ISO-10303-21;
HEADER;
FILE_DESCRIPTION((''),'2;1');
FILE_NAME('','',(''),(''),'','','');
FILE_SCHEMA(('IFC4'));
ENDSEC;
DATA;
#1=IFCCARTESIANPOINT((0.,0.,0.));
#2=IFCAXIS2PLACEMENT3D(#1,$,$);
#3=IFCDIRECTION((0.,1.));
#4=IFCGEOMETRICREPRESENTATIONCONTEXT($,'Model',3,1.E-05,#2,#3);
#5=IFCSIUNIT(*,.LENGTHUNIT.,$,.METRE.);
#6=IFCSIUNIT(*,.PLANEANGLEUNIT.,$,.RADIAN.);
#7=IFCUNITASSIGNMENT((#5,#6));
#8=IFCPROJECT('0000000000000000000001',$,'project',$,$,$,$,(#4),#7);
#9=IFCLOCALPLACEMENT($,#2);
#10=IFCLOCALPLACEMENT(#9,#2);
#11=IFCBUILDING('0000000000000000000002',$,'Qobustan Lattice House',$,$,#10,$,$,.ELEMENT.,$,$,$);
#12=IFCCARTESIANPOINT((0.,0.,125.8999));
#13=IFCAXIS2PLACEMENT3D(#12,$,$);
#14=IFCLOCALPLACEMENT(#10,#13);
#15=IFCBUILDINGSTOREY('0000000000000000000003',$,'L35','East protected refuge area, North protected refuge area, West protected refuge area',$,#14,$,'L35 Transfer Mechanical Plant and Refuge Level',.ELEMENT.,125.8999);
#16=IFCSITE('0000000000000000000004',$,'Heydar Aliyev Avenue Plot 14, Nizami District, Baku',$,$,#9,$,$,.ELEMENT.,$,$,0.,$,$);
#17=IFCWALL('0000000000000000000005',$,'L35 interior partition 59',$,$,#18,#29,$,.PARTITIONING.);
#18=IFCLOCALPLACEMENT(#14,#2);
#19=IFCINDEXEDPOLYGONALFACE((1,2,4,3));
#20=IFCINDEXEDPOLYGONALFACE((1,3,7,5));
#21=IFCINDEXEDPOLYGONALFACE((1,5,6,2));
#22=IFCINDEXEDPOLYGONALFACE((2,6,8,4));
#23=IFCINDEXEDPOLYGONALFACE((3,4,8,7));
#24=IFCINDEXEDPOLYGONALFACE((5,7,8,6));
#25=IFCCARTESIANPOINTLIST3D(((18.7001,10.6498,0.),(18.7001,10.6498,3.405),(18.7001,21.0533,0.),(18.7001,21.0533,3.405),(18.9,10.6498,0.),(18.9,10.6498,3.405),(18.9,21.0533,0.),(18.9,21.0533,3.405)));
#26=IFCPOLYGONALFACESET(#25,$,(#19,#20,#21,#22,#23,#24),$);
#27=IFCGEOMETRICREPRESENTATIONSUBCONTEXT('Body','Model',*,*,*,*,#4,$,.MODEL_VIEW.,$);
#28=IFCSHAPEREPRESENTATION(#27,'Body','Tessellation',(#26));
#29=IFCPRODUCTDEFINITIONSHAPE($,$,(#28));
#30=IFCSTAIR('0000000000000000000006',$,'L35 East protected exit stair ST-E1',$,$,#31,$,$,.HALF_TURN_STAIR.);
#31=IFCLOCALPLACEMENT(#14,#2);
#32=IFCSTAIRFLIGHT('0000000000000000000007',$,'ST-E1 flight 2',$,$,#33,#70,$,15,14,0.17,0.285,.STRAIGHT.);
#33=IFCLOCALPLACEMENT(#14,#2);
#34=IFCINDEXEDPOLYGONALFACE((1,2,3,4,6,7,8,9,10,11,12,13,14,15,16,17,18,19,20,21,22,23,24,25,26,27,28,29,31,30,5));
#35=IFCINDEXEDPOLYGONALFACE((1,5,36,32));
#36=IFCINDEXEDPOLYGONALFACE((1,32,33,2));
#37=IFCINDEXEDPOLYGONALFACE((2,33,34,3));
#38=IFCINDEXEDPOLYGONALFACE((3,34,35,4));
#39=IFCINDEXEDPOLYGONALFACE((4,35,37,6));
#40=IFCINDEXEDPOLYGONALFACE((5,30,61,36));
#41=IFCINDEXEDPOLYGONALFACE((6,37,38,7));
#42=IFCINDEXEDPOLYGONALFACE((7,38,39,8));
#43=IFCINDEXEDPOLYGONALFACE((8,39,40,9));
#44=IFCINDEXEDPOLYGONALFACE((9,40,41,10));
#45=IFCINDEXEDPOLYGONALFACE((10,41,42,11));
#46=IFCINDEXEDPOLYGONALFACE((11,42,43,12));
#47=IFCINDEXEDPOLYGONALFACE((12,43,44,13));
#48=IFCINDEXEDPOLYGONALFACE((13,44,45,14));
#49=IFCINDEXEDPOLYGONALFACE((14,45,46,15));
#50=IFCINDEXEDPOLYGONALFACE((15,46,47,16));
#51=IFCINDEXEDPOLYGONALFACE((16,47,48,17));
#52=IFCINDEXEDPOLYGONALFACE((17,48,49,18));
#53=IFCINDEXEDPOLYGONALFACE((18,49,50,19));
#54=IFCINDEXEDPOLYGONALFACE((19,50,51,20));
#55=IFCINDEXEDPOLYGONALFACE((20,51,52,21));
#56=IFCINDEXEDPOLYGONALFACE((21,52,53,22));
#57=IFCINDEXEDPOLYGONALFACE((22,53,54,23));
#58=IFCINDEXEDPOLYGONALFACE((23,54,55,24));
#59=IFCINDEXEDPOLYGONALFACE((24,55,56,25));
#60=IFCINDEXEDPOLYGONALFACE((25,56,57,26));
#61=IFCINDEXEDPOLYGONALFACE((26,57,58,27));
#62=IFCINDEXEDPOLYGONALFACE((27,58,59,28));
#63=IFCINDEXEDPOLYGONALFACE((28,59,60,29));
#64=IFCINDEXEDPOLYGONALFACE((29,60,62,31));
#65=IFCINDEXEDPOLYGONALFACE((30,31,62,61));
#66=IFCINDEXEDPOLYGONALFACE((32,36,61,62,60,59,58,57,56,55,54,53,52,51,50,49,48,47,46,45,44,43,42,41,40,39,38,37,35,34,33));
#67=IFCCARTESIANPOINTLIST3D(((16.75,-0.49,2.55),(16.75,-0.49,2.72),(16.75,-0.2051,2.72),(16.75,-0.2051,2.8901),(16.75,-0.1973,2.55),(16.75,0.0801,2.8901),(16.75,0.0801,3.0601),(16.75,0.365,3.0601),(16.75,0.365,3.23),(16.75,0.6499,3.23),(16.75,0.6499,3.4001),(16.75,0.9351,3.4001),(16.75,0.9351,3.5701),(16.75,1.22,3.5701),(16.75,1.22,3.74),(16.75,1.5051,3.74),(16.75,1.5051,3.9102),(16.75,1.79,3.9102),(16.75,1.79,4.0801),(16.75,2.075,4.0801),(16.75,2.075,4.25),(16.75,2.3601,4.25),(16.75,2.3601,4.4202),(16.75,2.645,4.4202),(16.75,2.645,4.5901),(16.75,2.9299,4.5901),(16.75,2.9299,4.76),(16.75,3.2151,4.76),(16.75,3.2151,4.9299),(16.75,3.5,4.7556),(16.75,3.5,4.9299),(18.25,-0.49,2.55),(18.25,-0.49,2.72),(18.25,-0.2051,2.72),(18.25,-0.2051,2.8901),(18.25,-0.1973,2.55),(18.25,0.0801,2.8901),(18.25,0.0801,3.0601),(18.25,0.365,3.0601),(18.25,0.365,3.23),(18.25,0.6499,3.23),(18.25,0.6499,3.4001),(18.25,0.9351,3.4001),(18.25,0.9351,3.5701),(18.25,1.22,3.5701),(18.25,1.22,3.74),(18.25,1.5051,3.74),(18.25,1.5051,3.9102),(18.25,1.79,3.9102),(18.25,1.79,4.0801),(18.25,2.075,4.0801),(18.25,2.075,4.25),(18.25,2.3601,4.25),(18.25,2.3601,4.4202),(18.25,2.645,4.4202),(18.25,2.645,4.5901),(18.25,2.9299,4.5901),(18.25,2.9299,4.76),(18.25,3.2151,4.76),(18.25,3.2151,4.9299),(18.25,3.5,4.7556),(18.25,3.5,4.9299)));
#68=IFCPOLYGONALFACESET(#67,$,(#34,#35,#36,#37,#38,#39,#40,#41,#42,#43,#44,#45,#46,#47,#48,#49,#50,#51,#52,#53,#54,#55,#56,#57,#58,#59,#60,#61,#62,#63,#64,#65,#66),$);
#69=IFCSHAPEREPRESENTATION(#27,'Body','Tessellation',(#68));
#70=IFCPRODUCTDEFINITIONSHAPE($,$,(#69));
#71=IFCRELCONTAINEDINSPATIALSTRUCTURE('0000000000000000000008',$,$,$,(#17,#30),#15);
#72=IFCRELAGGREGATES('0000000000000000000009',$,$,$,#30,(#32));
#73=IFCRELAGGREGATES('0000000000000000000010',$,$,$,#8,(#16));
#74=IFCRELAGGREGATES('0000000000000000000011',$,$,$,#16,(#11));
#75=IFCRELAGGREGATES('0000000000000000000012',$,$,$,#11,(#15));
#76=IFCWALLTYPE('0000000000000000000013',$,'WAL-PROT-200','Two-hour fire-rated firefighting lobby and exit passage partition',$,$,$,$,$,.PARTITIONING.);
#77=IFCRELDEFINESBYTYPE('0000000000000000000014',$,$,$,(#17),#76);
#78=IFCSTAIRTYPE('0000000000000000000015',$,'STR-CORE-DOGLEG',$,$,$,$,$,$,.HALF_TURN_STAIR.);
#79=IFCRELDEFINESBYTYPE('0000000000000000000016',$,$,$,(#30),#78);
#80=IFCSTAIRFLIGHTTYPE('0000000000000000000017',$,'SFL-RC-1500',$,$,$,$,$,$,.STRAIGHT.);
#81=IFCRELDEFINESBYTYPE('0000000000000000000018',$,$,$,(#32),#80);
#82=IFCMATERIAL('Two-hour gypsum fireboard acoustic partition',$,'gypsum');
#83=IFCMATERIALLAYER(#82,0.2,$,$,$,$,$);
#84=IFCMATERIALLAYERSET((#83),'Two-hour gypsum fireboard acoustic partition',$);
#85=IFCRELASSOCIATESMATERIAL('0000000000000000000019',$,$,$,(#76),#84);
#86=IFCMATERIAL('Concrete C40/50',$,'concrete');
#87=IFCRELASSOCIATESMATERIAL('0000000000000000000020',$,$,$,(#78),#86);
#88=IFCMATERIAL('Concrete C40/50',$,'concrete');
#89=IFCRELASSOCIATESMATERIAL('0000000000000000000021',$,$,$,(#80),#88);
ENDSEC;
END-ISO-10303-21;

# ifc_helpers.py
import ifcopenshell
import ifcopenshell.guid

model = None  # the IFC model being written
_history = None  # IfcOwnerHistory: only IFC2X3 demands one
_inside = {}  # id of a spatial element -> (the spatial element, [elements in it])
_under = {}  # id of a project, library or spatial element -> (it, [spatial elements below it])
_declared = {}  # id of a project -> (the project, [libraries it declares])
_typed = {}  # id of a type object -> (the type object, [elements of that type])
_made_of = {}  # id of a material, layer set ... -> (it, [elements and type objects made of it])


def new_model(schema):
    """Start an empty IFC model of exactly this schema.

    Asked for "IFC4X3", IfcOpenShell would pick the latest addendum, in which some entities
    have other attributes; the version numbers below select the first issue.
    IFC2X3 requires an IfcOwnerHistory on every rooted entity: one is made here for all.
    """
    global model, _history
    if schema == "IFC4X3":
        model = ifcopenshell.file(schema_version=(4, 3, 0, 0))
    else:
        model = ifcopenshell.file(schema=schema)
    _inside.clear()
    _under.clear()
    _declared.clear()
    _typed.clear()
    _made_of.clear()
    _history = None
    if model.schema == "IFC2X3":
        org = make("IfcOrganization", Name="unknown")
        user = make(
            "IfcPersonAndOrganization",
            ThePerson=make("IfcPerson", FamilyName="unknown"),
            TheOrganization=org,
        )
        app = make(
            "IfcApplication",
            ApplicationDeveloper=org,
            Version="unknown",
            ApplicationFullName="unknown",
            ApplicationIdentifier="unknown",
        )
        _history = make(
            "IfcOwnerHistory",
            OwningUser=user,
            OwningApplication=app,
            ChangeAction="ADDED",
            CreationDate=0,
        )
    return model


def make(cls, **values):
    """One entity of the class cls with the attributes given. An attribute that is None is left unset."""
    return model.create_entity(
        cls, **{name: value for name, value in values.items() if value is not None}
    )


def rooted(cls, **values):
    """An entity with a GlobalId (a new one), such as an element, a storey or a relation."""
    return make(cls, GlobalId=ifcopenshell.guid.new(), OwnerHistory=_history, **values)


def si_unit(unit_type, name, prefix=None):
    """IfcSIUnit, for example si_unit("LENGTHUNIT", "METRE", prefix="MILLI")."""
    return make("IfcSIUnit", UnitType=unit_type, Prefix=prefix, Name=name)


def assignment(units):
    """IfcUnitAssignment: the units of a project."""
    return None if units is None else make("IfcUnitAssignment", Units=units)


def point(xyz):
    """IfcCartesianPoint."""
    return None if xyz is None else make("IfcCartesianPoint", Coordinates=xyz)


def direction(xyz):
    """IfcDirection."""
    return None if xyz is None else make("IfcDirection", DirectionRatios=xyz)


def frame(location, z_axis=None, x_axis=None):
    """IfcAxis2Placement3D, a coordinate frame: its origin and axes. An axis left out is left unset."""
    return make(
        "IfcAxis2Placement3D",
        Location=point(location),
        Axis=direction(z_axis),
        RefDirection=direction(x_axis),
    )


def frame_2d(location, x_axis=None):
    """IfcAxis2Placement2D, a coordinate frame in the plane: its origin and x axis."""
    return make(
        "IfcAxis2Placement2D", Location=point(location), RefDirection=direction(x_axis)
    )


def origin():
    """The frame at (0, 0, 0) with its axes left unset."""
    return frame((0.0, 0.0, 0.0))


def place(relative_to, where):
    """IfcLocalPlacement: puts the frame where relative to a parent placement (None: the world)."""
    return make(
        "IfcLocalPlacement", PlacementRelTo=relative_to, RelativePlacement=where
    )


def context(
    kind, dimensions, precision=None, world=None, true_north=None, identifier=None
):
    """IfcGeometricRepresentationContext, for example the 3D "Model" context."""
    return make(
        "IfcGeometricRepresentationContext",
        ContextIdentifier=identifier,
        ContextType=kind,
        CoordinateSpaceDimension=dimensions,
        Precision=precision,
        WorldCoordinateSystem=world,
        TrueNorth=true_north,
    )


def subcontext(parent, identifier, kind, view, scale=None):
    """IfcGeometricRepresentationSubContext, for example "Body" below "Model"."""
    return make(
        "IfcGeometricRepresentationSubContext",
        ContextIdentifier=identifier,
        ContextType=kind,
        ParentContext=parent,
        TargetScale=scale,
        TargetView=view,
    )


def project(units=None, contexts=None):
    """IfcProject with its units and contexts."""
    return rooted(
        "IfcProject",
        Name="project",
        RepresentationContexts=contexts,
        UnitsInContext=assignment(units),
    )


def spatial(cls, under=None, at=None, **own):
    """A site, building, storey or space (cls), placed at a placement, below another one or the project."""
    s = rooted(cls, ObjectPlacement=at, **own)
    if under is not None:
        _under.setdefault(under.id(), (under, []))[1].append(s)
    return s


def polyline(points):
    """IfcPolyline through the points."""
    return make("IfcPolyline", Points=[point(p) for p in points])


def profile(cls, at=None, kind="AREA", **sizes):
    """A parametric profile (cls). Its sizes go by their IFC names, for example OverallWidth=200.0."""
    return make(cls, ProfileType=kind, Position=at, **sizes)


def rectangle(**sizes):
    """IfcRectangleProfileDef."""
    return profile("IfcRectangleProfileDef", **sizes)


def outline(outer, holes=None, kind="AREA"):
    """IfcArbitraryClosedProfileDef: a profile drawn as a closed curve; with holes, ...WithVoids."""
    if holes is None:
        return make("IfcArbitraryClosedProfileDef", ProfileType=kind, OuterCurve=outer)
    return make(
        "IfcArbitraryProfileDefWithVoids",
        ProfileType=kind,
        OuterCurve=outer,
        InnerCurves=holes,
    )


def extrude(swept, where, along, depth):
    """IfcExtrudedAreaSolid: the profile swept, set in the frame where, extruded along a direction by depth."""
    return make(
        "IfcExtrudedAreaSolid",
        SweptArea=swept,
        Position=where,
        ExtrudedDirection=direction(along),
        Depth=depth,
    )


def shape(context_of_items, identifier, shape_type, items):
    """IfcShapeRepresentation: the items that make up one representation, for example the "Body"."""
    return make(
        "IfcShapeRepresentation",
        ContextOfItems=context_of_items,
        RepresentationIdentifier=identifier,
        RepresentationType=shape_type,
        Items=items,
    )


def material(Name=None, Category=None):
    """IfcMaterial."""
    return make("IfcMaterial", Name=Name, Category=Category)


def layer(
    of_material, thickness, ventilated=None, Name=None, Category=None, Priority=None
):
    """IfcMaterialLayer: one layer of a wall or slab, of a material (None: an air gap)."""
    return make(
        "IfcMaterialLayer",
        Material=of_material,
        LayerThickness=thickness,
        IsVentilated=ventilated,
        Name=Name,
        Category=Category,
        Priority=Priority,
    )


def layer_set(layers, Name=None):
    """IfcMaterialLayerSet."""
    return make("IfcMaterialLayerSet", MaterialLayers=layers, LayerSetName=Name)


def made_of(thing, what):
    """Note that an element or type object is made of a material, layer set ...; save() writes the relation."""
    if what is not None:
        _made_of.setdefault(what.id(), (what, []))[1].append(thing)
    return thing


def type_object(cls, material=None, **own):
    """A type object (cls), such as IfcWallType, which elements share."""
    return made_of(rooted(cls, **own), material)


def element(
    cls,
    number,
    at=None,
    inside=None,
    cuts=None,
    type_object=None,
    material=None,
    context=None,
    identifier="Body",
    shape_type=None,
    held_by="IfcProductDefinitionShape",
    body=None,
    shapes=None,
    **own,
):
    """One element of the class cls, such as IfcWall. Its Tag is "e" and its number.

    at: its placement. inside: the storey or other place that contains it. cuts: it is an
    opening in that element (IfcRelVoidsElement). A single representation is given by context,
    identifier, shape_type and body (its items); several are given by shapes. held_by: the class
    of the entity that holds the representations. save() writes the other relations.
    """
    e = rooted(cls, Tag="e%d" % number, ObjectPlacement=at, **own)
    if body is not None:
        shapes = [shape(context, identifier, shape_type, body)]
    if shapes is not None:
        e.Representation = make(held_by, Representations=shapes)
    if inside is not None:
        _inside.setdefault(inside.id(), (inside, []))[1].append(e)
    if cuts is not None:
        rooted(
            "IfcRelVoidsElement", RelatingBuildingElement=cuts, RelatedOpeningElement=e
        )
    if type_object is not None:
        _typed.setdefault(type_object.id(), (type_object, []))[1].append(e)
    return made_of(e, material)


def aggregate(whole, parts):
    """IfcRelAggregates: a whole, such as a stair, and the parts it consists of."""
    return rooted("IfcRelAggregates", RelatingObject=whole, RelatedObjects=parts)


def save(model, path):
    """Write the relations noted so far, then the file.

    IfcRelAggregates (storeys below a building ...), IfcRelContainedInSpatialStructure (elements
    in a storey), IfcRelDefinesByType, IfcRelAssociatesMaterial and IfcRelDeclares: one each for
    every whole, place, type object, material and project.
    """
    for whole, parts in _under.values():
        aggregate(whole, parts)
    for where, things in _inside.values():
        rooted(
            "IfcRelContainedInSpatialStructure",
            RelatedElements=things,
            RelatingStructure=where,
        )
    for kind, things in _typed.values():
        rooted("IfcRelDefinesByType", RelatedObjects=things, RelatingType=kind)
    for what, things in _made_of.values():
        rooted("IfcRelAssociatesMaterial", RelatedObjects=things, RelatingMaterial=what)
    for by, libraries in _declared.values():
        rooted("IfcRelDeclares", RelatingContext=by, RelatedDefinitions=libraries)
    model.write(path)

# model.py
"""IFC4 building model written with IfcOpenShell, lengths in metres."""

from ifc_helpers import new_model, si_unit, direction, frame, frame_2d, origin, place, context, subcontext, project, spatial, polyline, rectangle, outline, extrude, material, layer, layer_set, type_object, element, aggregate, save


model = new_model("IFC4")

# Units and contexts
model_context = context("Model", 3, precision=1e-05, world=origin(), true_north=direction((0.0, 1.0)))
body_context = subcontext(model_context, "Body", "Model", "MODEL_VIEW")
ifc_project = project(units=[si_unit("LENGTHUNIT", "METRE"), si_unit("PLANEANGLEUNIT", "RADIAN")], contexts=[model_context])

# Site, building, storey
site_placement = place(None, origin())
site = spatial("IfcSite", under=ifc_project, at=site_placement, Name="Heydar Aliyev Avenue Plot 14, Nizami District, Baku", CompositionType="ELEMENT", RefElevation=0.0)
building_placement = place(site_placement, origin())
building = spatial("IfcBuilding", under=site, at=building_placement, Name="Qobustan Lattice House", CompositionType="ELEMENT")
storey_placement = place(building_placement, frame((0.0, 0.0, 125.8999)))
storey = spatial("IfcBuildingStorey", under=building, at=storey_placement, Name="L35", Description="East protected refuge area, North protected refuge area, West protected refuge area", LongName="L35 Transfer Mechanical Plant and Refuge Level", CompositionType="ELEMENT", Elevation=125.8999)

# Shared definitions
ifc_material_1 = material(Name="Two-hour gypsum fireboard acoustic partition", Category="gypsum")
ifc_layer_1 = layer(ifc_material_1, 0.2)
ifc_layer_set_1 = layer_set([ifc_layer_1], Name="Two-hour gypsum fireboard acoustic partition")
wall_type = type_object("IfcWallType", Name="WAL-PROT-200", Description="Two-hour fire-rated firefighting lobby and exit passage partition", PredefinedType="PARTITIONING", material=ifc_layer_set_1)

# Wall
wall_1_placement = place(storey_placement, frame((18.8, 10.6499, 0.0), z_axis=(0.0, 0.0, 1.0), x_axis=(0.0, 1.0, 0.0)))
element("IfcWall", 1, at=wall_1_placement, inside=storey, type_object=wall_type, Name="L35 interior partition 59", PredefinedType="PARTITIONING", context=body_context, shape_type="SweptSolid", body=[
    extrude(rectangle(XDim=10.4036, YDim=0.2, at=frame_2d((5.2017, 0.0))), origin(), (0.0, 0.0, 1.0), 3.405),
])

# Stair, stair flight
ifc_material_2 = material(Name="Concrete C40/50", Category="concrete")
stair_type = type_object("IfcStairType", Name="STR-CORE-DOGLEG", PredefinedType="HALF_TURN_STAIR", material=ifc_material_2)
stair_placement = place(storey_placement, origin())
stair = element("IfcStair", 2, at=stair_placement, inside=storey, type_object=stair_type, Name="L35 East protected exit stair ST-E1", PredefinedType="HALF_TURN_STAIR")
ifc_material_3 = material(Name="Concrete C40/50", Category="concrete")
stair_flight_type = type_object("IfcStairFlightType", Name="SFL-RC-1500", PredefinedType="STRAIGHT", material=ifc_material_3)
stair_flight_placement = place(storey_placement, frame((17.5, -0.49, 2.55), z_axis=(0.0, 0.0, 1.0), x_axis=(0.0, 1.0, 0.0)))
stair_flight = element("IfcStairFlight", 3, at=stair_flight_placement, type_object=stair_flight_type, Name="ST-E1 flight 2", NumberOfRisers=15, NumberOfTreads=14, PredefinedType="STRAIGHT", RiserHeight=0.17, TreadLength=0.285, context=body_context, shape_type="SweptSolid", body=[
    extrude(outline(polyline([(0.0, 0.0), (0.0, 0.1699), (0.2849, 0.1699), (0.2849, 0.3401), (0.5701, 0.3401), (0.5701, 0.51), (0.855, 0.51), (0.855, 0.6799), (1.1399, 0.6799), (1.1399, 0.8501), (1.425, 0.8501), (1.425, 1.02), (1.71, 1.02), (1.71, 1.1899), (1.9951, 1.1899), (1.9951, 1.3601), (2.28, 1.3601), (2.28, 1.53), (2.5649, 1.53), (2.5649, 1.7), (2.8501, 1.7), (2.8501, 1.8701), (3.135, 1.8701), (3.135, 2.04), (3.4199, 2.04), (3.4199, 2.21), (3.7051, 2.21), (3.7051, 2.3799), (3.99, 2.3799), (3.99, 2.55), (3.99, 2.2056), (0.2927, 0.0), (0.0, 0.0)])), frame((0.0, 0.75, 0.0), z_axis=(0.0, -1.0, 0.0), x_axis=(1.0, 0.0, 0.0)), (0.0, 0.0, 1.0), 1.5),
])
aggregate(stair, [stair_flight])

save(model, "model.ifc")
